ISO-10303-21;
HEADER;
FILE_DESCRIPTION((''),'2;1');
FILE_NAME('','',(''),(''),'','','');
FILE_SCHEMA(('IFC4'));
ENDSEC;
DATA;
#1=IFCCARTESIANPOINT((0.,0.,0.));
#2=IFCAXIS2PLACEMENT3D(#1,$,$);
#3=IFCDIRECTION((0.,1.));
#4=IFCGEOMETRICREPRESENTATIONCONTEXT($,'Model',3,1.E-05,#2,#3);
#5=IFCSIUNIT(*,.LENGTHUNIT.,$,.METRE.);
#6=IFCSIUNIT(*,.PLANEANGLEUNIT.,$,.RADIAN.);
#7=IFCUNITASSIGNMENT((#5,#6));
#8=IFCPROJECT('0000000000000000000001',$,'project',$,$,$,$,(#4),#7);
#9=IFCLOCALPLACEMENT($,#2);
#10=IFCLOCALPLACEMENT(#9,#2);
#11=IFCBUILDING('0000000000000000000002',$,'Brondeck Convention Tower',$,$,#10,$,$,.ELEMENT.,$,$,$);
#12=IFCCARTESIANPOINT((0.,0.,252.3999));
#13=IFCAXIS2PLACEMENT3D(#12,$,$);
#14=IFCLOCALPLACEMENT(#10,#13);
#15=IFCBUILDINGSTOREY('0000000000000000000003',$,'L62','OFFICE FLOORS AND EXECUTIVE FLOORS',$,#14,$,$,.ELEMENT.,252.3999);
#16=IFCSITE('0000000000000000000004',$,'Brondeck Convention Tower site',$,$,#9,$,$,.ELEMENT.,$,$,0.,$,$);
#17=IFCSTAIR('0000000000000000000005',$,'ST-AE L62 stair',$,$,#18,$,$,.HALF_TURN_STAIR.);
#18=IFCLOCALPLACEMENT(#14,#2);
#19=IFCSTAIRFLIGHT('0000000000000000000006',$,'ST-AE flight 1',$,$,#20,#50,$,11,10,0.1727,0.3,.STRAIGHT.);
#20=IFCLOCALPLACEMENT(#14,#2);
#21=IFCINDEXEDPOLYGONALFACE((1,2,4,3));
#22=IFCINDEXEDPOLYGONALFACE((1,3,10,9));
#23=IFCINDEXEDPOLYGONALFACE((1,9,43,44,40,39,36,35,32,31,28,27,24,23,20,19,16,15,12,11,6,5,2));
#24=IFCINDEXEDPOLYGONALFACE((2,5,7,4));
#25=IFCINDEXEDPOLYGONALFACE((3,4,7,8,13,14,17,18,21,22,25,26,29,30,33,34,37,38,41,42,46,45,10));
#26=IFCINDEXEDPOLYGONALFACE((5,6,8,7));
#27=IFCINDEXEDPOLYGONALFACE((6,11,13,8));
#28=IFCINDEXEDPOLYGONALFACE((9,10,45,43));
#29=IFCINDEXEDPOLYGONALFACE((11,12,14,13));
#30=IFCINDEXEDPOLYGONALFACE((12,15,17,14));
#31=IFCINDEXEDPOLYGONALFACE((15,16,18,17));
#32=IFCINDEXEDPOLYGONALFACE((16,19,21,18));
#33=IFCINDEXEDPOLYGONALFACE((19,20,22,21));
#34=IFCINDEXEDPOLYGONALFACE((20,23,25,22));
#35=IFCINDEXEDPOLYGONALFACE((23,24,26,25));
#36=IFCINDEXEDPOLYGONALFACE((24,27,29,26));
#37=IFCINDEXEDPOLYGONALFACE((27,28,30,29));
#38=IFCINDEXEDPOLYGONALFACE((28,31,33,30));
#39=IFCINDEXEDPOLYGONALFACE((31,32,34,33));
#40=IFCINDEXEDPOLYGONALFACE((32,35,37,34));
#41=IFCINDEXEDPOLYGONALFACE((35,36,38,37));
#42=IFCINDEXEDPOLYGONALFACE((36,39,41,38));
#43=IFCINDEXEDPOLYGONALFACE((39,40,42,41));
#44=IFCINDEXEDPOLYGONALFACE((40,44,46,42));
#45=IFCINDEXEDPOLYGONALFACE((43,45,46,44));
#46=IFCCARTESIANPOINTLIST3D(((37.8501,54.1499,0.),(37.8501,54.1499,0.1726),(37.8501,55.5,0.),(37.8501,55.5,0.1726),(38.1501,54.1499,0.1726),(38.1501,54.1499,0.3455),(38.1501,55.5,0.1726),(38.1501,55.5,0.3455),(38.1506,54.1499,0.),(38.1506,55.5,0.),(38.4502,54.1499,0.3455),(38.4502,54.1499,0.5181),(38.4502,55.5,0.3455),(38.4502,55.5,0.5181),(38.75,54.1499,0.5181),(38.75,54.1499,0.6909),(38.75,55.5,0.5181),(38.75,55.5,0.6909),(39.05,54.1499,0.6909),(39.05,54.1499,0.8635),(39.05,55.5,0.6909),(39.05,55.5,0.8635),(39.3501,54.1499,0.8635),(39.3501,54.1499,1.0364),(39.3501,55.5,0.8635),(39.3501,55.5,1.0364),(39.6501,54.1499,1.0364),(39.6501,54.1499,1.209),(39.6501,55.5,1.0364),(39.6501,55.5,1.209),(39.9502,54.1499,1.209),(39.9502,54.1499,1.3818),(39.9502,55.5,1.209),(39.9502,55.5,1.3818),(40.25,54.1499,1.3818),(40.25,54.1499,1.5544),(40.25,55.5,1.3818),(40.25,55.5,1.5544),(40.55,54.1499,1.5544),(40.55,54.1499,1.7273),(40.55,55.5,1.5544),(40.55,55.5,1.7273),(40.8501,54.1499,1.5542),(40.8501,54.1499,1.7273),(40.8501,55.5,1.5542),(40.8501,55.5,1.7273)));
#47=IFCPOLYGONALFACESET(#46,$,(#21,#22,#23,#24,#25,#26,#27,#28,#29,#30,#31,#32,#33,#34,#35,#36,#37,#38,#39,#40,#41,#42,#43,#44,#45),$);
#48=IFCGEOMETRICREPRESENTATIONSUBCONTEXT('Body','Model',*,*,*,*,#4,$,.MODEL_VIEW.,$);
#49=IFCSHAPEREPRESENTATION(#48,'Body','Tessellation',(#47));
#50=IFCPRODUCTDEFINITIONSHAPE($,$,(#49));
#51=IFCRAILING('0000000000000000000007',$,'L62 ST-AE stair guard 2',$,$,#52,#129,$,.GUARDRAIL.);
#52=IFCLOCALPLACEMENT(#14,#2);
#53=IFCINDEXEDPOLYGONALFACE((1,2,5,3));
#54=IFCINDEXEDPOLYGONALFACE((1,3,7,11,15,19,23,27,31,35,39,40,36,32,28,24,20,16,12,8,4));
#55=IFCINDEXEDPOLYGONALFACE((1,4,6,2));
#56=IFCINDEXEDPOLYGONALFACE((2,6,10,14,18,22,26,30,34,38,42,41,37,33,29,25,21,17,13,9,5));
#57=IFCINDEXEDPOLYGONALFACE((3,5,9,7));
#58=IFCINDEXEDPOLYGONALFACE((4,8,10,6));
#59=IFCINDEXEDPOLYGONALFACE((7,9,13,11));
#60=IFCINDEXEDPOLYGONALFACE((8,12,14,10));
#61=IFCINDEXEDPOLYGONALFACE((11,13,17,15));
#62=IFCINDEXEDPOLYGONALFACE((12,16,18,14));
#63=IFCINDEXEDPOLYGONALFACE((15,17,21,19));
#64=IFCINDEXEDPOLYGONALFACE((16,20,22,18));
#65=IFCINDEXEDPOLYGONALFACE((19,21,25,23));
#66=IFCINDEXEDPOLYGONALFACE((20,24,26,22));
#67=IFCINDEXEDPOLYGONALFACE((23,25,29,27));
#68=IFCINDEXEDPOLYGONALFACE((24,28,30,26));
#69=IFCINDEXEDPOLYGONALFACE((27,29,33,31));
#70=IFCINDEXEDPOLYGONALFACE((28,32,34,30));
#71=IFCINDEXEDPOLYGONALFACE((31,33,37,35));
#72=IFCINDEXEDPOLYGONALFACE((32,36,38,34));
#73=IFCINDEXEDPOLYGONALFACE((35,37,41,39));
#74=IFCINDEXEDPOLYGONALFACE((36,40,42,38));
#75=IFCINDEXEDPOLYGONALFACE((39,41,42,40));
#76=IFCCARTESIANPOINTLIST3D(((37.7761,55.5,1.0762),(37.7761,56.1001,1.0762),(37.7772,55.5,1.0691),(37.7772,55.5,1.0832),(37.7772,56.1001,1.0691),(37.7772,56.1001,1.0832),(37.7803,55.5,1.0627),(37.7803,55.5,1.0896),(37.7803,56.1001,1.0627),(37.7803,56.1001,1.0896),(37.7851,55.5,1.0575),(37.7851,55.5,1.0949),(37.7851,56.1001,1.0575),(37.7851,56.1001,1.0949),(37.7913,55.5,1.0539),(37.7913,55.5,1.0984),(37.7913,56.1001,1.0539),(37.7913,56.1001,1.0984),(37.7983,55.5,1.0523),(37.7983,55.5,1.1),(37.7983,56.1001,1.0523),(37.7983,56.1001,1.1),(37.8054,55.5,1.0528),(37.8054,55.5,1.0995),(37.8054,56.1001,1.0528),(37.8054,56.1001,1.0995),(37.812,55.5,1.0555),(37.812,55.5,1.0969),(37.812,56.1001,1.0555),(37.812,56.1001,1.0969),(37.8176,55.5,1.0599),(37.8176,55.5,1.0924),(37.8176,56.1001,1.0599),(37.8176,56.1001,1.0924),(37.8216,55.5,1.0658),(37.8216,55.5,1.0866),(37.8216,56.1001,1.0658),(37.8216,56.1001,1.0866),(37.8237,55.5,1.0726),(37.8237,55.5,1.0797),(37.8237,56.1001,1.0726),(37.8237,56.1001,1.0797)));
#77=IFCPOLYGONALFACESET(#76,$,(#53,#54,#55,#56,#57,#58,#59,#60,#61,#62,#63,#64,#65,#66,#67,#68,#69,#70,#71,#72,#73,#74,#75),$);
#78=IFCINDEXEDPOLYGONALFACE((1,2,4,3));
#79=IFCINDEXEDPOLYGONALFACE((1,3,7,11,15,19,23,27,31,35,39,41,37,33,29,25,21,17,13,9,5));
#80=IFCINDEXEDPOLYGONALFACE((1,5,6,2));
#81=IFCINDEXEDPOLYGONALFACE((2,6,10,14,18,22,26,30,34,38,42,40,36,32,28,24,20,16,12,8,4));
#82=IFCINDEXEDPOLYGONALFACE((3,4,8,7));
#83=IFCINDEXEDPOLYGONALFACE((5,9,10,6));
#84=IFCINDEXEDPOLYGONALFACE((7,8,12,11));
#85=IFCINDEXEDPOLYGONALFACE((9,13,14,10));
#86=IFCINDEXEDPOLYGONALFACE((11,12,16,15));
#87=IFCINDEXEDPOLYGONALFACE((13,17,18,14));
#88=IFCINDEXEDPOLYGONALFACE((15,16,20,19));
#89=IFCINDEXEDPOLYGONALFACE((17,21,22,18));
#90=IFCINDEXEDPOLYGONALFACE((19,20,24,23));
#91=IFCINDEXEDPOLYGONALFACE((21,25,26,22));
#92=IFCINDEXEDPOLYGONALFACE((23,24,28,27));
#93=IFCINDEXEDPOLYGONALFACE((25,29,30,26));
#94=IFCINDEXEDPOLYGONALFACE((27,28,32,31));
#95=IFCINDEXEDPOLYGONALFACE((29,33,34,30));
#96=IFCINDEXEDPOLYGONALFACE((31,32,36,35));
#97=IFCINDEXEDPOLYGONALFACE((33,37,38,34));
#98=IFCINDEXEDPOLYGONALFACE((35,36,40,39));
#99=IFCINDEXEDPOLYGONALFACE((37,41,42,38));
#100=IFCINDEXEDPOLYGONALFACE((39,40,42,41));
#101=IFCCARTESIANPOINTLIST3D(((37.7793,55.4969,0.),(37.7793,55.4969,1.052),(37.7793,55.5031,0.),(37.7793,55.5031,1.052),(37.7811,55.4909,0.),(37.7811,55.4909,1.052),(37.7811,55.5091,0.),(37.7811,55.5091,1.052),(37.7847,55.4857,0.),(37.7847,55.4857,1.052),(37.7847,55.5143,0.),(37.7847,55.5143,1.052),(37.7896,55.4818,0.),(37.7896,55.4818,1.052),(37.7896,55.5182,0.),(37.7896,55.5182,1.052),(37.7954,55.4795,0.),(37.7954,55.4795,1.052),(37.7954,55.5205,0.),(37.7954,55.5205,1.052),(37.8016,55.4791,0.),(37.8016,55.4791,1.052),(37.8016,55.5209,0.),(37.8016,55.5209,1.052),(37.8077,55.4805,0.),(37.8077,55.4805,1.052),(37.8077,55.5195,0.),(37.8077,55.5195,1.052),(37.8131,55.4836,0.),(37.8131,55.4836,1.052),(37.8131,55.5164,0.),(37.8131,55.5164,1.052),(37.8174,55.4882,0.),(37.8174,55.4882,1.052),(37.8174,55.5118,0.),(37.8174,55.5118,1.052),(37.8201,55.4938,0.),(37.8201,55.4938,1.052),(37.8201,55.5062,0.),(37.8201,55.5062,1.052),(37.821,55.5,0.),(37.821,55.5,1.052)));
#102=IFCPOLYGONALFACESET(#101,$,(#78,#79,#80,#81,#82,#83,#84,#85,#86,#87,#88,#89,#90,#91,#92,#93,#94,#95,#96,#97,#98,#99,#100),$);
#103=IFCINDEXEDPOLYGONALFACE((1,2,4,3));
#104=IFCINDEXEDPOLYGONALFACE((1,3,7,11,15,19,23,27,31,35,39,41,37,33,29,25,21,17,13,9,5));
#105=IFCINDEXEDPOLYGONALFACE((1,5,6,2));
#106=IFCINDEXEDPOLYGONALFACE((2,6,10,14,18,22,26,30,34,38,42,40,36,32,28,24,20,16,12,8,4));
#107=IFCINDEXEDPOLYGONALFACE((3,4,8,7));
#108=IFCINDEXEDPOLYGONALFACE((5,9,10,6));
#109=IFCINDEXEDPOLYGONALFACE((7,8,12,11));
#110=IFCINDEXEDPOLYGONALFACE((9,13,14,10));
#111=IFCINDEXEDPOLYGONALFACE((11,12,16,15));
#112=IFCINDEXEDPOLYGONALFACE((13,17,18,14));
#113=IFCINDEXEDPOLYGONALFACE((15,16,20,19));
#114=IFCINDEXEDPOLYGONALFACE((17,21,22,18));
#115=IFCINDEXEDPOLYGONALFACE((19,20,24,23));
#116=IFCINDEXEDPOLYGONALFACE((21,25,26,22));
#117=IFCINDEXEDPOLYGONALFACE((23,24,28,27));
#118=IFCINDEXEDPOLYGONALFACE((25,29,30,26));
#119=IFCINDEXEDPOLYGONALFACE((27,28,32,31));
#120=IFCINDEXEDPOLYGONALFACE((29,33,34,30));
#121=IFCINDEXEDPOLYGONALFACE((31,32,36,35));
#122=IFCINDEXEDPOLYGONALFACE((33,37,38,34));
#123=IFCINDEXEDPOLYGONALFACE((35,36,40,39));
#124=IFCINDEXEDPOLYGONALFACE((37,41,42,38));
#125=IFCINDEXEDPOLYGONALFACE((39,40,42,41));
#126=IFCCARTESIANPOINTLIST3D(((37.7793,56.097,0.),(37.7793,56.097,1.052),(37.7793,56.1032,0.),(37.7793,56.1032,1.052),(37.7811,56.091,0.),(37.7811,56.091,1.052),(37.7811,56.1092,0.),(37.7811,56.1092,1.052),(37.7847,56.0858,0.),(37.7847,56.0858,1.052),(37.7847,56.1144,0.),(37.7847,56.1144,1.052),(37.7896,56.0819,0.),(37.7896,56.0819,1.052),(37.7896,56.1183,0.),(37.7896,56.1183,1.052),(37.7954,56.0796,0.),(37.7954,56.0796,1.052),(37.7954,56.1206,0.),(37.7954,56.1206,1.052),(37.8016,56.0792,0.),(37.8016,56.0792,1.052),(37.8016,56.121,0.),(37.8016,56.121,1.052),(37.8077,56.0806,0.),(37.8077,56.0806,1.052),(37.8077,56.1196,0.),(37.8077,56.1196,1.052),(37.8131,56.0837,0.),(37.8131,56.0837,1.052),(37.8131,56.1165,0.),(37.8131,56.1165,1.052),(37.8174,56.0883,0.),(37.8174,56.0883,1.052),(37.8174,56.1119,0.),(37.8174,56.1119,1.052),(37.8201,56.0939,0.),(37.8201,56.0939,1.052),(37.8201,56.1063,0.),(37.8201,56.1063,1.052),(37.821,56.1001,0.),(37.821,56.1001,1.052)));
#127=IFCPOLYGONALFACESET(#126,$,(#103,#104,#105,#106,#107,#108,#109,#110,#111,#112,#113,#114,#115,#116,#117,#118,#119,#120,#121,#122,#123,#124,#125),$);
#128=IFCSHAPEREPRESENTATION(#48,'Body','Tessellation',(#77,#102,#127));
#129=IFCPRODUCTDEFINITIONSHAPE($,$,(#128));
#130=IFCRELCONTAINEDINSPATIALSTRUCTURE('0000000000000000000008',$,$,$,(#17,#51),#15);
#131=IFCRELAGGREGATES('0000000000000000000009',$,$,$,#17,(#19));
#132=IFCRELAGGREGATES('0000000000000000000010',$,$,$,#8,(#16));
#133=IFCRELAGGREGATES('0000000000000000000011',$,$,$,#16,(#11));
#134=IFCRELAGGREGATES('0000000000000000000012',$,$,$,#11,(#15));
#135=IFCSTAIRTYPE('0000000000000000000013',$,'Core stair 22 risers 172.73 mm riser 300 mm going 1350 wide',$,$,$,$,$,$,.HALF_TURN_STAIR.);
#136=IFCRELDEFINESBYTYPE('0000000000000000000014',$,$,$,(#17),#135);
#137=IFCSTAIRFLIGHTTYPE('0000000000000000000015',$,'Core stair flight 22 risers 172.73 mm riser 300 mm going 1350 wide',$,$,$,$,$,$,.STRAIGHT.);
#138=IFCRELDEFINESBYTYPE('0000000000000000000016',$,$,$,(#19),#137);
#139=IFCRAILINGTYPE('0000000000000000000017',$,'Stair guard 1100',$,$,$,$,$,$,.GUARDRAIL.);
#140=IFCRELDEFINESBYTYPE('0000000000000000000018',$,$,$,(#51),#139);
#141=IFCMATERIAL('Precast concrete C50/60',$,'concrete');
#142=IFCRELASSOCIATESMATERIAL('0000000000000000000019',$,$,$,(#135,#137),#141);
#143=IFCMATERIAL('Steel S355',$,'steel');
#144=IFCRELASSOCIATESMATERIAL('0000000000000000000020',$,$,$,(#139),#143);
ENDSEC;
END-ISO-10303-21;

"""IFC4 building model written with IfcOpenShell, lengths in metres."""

from ifc_helpers import new_model, si_unit, direction, frame, origin, origin_2d, place, context, subcontext, project, spatial, polyline, circle, outline, extrude, material, type_object, element, aggregate, save


model = new_model("IFC4")

# Units and contexts
model_context = context("Model", 3, precision=1e-05, world=origin(), true_north=direction((0.0, 1.0)))
body_context = subcontext(model_context, "Body", "Model", "MODEL_VIEW")
ifc_project = project(units=[si_unit("LENGTHUNIT", "METRE"), si_unit("PLANEANGLEUNIT", "RADIAN")], contexts=[model_context])

# Site, building, storey
site_placement = place(None, origin())
site = spatial("IfcSite", under=ifc_project, at=site_placement, Name="Brondeck Convention Tower site", CompositionType="ELEMENT", RefElevation=0.0)
building_placement = place(site_placement, origin())
building = spatial("IfcBuilding", under=site, at=building_placement, Name="Brondeck Convention Tower", CompositionType="ELEMENT")
storey_placement = place(building_placement, frame((0.0, 0.0, 252.3999)))
storey = spatial("IfcBuildingStorey", under=building, at=storey_placement, Name="L62", Description="OFFICE FLOORS AND EXECUTIVE FLOORS", CompositionType="ELEMENT", Elevation=252.3999)

# Shared definitions
ifc_material_1 = material(Name="Steel S355", Category="steel")

# Stair, stair flight
ifc_material_2 = material(Name="Precast concrete C50/60", Category="concrete")
stair_type = type_object("IfcStairType", Name="Core stair 22 risers 172.73 mm riser 300 mm going 1350 wide", PredefinedType="HALF_TURN_STAIR", material=ifc_material_2)
stair_placement = place(storey_placement, origin())
stair = element("IfcStair", 1, at=stair_placement, inside=storey, type_object=stair_type, Name="ST-AE L62 stair", PredefinedType="HALF_TURN_STAIR")
stair_flight_type = type_object("IfcStairFlightType", Name="Core stair flight 22 risers 172.73 mm riser 300 mm going 1350 wide", PredefinedType="STRAIGHT", material=ifc_material_2)
stair_flight_placement = place(storey_placement, frame((37.8501, 54.825, 0.0), z_axis=(0.0, 0.0, 1.0), x_axis=(1.0, 0.0, 0.0)))
stair_flight = element("IfcStairFlight", 2, at=stair_flight_placement, type_object=stair_flight_type, Name="ST-AE flight 1", NumberOfRisers=11, NumberOfTreads=10, PredefinedType="STRAIGHT", RiserHeight=0.1727, TreadLength=0.3, context=body_context, shape_type="SweptSolid", body=[
    extrude(outline(polyline([(0.0, 0.0), (0.0, 0.1726), (0.3, 0.1726), (0.3, 0.3455), (0.6001, 0.3455), (0.6001, 0.5181), (0.8999, 0.5181), (0.8999, 0.6909), (1.2, 0.6909), (1.2, 0.8635), (1.5, 0.8635), (1.5, 1.0364), (1.8, 1.0364), (1.8, 1.209), (2.1001, 1.209), (2.1001, 1.3818), (2.3999, 1.3818), (2.3999, 1.5544), (2.7, 1.5544), (2.7, 1.7273), (3.0, 1.7273), (3.0, 1.8999), (3.0, 1.5542), (0.3005, 0.0), (0.0, 0.0)])), frame((0.0, 0.675, 0.0), z_axis=(0.0, -1.0, 0.0), x_axis=(1.0, 0.0, 0.0)), (0.0, 0.0, 1.0), 1.3501),
])
aggregate(stair, [stair_flight])

# Railing
railing_type_1 = type_object("IfcRailingType", Name="Stair guard 1100", PredefinedType="GUARDRAIL", material=ifc_material_1)
railing_1_placement = place(storey_placement, frame((37.8, 55.5, 0.0)))
element("IfcRailing", 3, at=railing_1_placement, inside=storey, type_object=railing_type_1, Name="L62 ST-AE stair guard 2", PredefinedType="GUARDRAIL", context=body_context, shape_type="SweptSolid", body=[
    extrude(circle(Radius=0.0239, at=origin_2d()), frame((0.0, 0.0, 1.0762), z_axis=(0.0, 1.0, 0.0), x_axis=(-1.0, 0.0, 0.0)), (0.0, 0.0, 1.0), 0.6001),
    extrude(circle(Radius=0.021, at=origin_2d()), origin(), (0.0, 0.0, 1.0), 1.052),
    extrude(circle(Radius=0.021, at=origin_2d()), frame((0.0, 0.6001, 0.0)), (0.0, 0.0, 1.0), 1.052),
])

save(model, "model.ifc")
